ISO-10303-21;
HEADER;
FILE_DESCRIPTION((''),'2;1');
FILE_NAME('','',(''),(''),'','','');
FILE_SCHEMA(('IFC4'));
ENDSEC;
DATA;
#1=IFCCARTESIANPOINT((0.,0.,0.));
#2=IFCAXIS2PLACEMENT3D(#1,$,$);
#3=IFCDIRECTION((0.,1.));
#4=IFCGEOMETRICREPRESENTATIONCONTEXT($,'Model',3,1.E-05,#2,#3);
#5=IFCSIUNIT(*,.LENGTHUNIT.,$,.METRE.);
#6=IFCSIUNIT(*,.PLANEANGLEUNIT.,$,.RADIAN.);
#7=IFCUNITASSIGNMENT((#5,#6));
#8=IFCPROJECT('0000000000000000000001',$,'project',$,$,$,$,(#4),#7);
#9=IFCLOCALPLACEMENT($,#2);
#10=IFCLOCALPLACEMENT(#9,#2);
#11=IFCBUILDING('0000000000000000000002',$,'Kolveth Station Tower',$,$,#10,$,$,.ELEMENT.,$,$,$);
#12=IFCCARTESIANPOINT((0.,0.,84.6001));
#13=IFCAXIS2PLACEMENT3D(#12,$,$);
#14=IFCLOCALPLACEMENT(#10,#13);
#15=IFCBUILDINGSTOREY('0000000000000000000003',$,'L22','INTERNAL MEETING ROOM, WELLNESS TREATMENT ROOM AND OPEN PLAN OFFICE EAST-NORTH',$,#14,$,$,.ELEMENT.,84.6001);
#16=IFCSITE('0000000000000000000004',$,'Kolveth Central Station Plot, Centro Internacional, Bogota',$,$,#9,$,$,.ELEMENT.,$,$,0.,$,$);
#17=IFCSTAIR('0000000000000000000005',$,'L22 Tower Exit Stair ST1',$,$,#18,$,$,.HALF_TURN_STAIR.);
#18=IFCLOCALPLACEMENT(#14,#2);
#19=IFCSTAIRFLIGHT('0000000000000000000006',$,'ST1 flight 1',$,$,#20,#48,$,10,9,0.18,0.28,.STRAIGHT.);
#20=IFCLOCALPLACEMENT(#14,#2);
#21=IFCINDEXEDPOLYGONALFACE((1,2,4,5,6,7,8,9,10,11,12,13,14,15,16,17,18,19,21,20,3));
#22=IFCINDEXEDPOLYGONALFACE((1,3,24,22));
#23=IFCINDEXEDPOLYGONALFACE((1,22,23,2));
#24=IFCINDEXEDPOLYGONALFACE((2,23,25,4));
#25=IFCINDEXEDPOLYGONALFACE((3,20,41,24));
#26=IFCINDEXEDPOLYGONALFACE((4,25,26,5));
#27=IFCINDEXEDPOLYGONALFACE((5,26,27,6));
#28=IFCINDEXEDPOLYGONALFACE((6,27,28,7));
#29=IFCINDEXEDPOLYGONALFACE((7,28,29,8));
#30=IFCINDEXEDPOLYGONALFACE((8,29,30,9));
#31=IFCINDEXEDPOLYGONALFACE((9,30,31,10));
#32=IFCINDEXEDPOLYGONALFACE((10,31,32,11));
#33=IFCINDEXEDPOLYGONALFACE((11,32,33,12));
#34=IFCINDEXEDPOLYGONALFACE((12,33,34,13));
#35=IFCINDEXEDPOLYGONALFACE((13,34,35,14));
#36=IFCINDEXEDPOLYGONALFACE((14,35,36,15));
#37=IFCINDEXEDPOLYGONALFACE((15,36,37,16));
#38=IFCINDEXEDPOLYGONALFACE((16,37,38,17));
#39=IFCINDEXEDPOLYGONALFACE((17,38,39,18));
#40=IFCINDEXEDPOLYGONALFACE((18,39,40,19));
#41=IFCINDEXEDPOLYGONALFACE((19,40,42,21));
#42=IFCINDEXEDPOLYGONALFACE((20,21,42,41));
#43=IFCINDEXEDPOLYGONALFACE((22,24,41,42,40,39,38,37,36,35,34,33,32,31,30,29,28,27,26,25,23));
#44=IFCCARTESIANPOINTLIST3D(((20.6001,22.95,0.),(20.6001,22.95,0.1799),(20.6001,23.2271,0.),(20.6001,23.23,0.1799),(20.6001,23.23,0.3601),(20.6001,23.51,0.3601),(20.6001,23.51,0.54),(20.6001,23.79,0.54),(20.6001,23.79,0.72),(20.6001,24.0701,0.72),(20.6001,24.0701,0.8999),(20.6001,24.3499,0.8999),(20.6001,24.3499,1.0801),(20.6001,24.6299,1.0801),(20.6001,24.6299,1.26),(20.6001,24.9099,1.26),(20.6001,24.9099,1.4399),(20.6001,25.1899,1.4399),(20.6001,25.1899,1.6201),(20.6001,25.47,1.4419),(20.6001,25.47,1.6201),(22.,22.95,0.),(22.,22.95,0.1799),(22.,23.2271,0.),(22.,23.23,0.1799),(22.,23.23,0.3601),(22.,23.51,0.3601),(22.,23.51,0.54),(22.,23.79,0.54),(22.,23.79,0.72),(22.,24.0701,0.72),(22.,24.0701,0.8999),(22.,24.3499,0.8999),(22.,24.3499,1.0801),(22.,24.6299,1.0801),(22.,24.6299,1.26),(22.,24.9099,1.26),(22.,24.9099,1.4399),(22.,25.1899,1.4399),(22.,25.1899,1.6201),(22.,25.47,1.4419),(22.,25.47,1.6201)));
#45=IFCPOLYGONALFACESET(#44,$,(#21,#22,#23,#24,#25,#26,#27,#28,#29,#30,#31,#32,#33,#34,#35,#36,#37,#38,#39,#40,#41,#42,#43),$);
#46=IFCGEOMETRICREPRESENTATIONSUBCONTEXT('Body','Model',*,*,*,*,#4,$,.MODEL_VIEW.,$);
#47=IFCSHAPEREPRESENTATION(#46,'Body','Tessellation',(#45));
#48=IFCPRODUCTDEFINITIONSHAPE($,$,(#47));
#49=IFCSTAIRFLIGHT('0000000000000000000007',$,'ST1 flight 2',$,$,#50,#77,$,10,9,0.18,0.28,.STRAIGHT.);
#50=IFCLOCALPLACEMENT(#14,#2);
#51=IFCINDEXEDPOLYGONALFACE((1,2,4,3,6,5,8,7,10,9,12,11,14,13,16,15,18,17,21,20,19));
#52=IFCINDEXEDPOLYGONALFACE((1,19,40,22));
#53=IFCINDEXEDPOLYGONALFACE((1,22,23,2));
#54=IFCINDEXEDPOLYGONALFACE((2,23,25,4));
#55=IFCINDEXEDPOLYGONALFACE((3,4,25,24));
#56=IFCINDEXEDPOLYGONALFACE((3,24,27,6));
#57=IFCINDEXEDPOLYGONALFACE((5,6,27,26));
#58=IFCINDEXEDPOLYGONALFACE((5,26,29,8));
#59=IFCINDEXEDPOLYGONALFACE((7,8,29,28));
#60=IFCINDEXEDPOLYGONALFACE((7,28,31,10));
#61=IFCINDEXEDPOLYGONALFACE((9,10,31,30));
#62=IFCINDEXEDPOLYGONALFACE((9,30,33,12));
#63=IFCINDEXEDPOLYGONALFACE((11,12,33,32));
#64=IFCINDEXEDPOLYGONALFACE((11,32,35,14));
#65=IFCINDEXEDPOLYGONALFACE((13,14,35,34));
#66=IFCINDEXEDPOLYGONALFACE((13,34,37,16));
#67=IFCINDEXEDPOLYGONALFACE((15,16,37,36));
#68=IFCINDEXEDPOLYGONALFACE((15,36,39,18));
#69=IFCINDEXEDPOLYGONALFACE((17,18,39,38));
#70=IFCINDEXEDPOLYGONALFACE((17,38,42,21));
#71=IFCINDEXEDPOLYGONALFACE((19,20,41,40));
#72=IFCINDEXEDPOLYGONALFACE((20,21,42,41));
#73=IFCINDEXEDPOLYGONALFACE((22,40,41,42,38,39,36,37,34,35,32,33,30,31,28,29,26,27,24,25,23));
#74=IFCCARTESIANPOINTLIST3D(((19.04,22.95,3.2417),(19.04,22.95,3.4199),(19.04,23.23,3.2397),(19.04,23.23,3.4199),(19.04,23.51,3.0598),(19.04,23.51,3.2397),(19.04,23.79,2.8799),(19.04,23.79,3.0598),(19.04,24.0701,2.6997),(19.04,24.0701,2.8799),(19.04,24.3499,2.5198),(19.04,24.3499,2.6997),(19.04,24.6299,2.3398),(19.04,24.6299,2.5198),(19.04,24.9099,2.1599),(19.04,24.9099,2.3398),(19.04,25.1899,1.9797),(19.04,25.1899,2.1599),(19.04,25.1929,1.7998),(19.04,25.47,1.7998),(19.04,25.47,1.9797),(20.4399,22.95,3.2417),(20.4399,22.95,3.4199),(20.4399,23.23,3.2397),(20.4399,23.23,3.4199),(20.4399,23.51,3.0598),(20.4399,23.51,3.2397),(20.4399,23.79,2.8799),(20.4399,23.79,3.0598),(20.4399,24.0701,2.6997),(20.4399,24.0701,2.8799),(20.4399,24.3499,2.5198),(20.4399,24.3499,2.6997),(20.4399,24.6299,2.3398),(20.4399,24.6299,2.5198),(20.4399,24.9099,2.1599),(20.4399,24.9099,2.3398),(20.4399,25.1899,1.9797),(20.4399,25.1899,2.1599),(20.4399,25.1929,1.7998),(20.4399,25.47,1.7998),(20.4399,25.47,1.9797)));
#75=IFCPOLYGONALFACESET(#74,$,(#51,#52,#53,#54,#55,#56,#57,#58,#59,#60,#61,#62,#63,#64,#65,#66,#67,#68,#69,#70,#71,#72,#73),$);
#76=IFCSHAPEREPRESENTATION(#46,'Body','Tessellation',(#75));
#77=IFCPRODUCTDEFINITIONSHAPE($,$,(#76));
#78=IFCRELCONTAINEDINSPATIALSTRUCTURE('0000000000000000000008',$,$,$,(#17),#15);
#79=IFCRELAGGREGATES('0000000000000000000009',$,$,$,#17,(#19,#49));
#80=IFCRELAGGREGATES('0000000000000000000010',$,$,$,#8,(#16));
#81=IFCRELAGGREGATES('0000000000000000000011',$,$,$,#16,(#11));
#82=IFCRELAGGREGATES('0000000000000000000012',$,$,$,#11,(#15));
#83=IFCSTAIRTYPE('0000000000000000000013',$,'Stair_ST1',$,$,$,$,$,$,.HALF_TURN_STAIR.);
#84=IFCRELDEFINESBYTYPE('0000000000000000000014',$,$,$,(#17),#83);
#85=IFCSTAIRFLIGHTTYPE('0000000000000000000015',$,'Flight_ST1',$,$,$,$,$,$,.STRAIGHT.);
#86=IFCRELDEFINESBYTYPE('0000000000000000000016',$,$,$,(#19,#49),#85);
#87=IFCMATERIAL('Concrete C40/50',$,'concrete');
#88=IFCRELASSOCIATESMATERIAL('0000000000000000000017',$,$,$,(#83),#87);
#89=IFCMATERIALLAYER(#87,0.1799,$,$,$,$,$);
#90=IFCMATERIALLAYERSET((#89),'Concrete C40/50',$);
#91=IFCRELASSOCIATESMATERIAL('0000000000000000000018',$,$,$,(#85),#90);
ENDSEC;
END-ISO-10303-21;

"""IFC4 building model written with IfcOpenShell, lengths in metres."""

from ifc_helpers import new_model, si_unit, direction, frame, origin, place, context, subcontext, project, spatial, polyline, outline, extrude, material, layer, layer_set, type_object, element, aggregate, save


model = new_model("IFC4")

# Units and contexts
model_context = context("Model", 3, precision=1e-05, world=origin(), true_north=direction((0.0, 1.0)))
body_context = subcontext(model_context, "Body", "Model", "MODEL_VIEW")
ifc_project = project(units=[si_unit("LENGTHUNIT", "METRE"), si_unit("PLANEANGLEUNIT", "RADIAN")], contexts=[model_context])

# Site, building, storey
site_placement = place(None, origin())
site = spatial("IfcSite", under=ifc_project, at=site_placement, Name="Kolveth Central Station Plot, Centro Internacional, Bogota", CompositionType="ELEMENT", RefElevation=0.0)
building_placement = place(site_placement, origin())
building = spatial("IfcBuilding", under=site, at=building_placement, Name="Kolveth Station Tower", CompositionType="ELEMENT")
storey_placement = place(building_placement, frame((0.0, 0.0, 84.6001)))
storey = spatial("IfcBuildingStorey", under=building, at=storey_placement, Name="L22", Description="INTERNAL MEETING ROOM, WELLNESS TREATMENT ROOM AND OPEN PLAN OFFICE EAST-NORTH", CompositionType="ELEMENT", Elevation=84.6001)

# Shared definitions
ifc_material_1 = material(Name="Concrete C40/50", Category="concrete")

# Stair, stair flights
stair_type = type_object("IfcStairType", Name="Stair_ST1", PredefinedType="HALF_TURN_STAIR", material=ifc_material_1)
stair_placement = place(storey_placement, origin())
stair = element("IfcStair", 1, at=stair_placement, inside=storey, type_object=stair_type, Name="L22 Tower Exit Stair ST1", PredefinedType="HALF_TURN_STAIR")
ifc_layer_1 = layer(ifc_material_1, 0.1799)
ifc_layer_set_1 = layer_set([ifc_layer_1], Name="Concrete C40/50")
stair_flight_type = type_object("IfcStairFlightType", Name="Flight_ST1", PredefinedType="STRAIGHT", material=ifc_layer_set_1)
stair_flight_1_placement = place(storey_placement, frame((21.3, 22.95, 0.0), z_axis=(0.0, 0.0, 1.0), x_axis=(0.0, 1.0, 0.0)))
stair_flight_1 = element("IfcStairFlight", 2, at=stair_flight_1_placement, type_object=stair_flight_type, Name="ST1 flight 1", NumberOfRisers=10, NumberOfTreads=9, PredefinedType="STRAIGHT", RiserHeight=0.18, TreadLength=0.28, context=body_context, shape_type="SweptSolid", body=[
    extrude(outline(polyline([(0.0, 0.0), (0.0, 0.1799), (0.28, 0.1799), (0.28, 0.3601), (0.5601, 0.3601), (0.5601, 0.54), (0.8401, 0.54), (0.8401, 0.72), (1.1201, 0.72), (1.1201, 0.8999), (1.3999, 0.8999), (1.3999, 1.0801), (1.6799, 1.0801), (1.6799, 1.26), (1.96, 1.26), (1.96, 1.4399), (2.24, 1.4399), (2.24, 1.6201), (2.52, 1.6201), (2.52, 1.8), (2.52, 1.4419), (0.2771, 0.0), (0.0, 0.0)])), frame((0.0, 0.7, 0.0), z_axis=(0.0, -1.0, 0.0), x_axis=(1.0, 0.0, 0.0)), (0.0, 0.0, 1.0), 1.3999),
])
stair_flight_2_placement = place(storey_placement, frame((19.74, 25.47, 1.7998), z_axis=(0.0, 0.0, 1.0), x_axis=(0.0, -1.0, 0.0)))
stair_flight_2 = element("IfcStairFlight", 3, at=stair_flight_2_placement, type_object=stair_flight_type, Name="ST1 flight 2", NumberOfRisers=10, NumberOfTreads=9, PredefinedType="STRAIGHT", RiserHeight=0.18, TreadLength=0.28, context=body_context, shape_type="SweptSolid", body=[
    extrude(outline(polyline([(0.0, 0.0), (0.0, 0.1799), (0.28, 0.1799), (0.28, 0.3601), (0.5601, 0.3601), (0.5601, 0.54), (0.8401, 0.54), (0.8401, 0.72), (1.1201, 0.72), (1.1201, 0.8999), (1.3999, 0.8999), (1.3999, 1.0801), (1.6799, 1.0801), (1.6799, 1.26), (1.96, 1.26), (1.96, 1.4399), (2.24, 1.4399), (2.24, 1.6201), (2.52, 1.6201), (2.52, 1.8), (2.52, 1.4419), (0.2771, 0.0), (0.0, 0.0)])), frame((0.0, 0.7, 0.0), z_axis=(0.0, -1.0, 0.0), x_axis=(1.0, 0.0, 0.0)), (0.0, 0.0, 1.0), 1.3999),
])
aggregate(stair, [stair_flight_1, stair_flight_2])

save(model, "model.ifc")
